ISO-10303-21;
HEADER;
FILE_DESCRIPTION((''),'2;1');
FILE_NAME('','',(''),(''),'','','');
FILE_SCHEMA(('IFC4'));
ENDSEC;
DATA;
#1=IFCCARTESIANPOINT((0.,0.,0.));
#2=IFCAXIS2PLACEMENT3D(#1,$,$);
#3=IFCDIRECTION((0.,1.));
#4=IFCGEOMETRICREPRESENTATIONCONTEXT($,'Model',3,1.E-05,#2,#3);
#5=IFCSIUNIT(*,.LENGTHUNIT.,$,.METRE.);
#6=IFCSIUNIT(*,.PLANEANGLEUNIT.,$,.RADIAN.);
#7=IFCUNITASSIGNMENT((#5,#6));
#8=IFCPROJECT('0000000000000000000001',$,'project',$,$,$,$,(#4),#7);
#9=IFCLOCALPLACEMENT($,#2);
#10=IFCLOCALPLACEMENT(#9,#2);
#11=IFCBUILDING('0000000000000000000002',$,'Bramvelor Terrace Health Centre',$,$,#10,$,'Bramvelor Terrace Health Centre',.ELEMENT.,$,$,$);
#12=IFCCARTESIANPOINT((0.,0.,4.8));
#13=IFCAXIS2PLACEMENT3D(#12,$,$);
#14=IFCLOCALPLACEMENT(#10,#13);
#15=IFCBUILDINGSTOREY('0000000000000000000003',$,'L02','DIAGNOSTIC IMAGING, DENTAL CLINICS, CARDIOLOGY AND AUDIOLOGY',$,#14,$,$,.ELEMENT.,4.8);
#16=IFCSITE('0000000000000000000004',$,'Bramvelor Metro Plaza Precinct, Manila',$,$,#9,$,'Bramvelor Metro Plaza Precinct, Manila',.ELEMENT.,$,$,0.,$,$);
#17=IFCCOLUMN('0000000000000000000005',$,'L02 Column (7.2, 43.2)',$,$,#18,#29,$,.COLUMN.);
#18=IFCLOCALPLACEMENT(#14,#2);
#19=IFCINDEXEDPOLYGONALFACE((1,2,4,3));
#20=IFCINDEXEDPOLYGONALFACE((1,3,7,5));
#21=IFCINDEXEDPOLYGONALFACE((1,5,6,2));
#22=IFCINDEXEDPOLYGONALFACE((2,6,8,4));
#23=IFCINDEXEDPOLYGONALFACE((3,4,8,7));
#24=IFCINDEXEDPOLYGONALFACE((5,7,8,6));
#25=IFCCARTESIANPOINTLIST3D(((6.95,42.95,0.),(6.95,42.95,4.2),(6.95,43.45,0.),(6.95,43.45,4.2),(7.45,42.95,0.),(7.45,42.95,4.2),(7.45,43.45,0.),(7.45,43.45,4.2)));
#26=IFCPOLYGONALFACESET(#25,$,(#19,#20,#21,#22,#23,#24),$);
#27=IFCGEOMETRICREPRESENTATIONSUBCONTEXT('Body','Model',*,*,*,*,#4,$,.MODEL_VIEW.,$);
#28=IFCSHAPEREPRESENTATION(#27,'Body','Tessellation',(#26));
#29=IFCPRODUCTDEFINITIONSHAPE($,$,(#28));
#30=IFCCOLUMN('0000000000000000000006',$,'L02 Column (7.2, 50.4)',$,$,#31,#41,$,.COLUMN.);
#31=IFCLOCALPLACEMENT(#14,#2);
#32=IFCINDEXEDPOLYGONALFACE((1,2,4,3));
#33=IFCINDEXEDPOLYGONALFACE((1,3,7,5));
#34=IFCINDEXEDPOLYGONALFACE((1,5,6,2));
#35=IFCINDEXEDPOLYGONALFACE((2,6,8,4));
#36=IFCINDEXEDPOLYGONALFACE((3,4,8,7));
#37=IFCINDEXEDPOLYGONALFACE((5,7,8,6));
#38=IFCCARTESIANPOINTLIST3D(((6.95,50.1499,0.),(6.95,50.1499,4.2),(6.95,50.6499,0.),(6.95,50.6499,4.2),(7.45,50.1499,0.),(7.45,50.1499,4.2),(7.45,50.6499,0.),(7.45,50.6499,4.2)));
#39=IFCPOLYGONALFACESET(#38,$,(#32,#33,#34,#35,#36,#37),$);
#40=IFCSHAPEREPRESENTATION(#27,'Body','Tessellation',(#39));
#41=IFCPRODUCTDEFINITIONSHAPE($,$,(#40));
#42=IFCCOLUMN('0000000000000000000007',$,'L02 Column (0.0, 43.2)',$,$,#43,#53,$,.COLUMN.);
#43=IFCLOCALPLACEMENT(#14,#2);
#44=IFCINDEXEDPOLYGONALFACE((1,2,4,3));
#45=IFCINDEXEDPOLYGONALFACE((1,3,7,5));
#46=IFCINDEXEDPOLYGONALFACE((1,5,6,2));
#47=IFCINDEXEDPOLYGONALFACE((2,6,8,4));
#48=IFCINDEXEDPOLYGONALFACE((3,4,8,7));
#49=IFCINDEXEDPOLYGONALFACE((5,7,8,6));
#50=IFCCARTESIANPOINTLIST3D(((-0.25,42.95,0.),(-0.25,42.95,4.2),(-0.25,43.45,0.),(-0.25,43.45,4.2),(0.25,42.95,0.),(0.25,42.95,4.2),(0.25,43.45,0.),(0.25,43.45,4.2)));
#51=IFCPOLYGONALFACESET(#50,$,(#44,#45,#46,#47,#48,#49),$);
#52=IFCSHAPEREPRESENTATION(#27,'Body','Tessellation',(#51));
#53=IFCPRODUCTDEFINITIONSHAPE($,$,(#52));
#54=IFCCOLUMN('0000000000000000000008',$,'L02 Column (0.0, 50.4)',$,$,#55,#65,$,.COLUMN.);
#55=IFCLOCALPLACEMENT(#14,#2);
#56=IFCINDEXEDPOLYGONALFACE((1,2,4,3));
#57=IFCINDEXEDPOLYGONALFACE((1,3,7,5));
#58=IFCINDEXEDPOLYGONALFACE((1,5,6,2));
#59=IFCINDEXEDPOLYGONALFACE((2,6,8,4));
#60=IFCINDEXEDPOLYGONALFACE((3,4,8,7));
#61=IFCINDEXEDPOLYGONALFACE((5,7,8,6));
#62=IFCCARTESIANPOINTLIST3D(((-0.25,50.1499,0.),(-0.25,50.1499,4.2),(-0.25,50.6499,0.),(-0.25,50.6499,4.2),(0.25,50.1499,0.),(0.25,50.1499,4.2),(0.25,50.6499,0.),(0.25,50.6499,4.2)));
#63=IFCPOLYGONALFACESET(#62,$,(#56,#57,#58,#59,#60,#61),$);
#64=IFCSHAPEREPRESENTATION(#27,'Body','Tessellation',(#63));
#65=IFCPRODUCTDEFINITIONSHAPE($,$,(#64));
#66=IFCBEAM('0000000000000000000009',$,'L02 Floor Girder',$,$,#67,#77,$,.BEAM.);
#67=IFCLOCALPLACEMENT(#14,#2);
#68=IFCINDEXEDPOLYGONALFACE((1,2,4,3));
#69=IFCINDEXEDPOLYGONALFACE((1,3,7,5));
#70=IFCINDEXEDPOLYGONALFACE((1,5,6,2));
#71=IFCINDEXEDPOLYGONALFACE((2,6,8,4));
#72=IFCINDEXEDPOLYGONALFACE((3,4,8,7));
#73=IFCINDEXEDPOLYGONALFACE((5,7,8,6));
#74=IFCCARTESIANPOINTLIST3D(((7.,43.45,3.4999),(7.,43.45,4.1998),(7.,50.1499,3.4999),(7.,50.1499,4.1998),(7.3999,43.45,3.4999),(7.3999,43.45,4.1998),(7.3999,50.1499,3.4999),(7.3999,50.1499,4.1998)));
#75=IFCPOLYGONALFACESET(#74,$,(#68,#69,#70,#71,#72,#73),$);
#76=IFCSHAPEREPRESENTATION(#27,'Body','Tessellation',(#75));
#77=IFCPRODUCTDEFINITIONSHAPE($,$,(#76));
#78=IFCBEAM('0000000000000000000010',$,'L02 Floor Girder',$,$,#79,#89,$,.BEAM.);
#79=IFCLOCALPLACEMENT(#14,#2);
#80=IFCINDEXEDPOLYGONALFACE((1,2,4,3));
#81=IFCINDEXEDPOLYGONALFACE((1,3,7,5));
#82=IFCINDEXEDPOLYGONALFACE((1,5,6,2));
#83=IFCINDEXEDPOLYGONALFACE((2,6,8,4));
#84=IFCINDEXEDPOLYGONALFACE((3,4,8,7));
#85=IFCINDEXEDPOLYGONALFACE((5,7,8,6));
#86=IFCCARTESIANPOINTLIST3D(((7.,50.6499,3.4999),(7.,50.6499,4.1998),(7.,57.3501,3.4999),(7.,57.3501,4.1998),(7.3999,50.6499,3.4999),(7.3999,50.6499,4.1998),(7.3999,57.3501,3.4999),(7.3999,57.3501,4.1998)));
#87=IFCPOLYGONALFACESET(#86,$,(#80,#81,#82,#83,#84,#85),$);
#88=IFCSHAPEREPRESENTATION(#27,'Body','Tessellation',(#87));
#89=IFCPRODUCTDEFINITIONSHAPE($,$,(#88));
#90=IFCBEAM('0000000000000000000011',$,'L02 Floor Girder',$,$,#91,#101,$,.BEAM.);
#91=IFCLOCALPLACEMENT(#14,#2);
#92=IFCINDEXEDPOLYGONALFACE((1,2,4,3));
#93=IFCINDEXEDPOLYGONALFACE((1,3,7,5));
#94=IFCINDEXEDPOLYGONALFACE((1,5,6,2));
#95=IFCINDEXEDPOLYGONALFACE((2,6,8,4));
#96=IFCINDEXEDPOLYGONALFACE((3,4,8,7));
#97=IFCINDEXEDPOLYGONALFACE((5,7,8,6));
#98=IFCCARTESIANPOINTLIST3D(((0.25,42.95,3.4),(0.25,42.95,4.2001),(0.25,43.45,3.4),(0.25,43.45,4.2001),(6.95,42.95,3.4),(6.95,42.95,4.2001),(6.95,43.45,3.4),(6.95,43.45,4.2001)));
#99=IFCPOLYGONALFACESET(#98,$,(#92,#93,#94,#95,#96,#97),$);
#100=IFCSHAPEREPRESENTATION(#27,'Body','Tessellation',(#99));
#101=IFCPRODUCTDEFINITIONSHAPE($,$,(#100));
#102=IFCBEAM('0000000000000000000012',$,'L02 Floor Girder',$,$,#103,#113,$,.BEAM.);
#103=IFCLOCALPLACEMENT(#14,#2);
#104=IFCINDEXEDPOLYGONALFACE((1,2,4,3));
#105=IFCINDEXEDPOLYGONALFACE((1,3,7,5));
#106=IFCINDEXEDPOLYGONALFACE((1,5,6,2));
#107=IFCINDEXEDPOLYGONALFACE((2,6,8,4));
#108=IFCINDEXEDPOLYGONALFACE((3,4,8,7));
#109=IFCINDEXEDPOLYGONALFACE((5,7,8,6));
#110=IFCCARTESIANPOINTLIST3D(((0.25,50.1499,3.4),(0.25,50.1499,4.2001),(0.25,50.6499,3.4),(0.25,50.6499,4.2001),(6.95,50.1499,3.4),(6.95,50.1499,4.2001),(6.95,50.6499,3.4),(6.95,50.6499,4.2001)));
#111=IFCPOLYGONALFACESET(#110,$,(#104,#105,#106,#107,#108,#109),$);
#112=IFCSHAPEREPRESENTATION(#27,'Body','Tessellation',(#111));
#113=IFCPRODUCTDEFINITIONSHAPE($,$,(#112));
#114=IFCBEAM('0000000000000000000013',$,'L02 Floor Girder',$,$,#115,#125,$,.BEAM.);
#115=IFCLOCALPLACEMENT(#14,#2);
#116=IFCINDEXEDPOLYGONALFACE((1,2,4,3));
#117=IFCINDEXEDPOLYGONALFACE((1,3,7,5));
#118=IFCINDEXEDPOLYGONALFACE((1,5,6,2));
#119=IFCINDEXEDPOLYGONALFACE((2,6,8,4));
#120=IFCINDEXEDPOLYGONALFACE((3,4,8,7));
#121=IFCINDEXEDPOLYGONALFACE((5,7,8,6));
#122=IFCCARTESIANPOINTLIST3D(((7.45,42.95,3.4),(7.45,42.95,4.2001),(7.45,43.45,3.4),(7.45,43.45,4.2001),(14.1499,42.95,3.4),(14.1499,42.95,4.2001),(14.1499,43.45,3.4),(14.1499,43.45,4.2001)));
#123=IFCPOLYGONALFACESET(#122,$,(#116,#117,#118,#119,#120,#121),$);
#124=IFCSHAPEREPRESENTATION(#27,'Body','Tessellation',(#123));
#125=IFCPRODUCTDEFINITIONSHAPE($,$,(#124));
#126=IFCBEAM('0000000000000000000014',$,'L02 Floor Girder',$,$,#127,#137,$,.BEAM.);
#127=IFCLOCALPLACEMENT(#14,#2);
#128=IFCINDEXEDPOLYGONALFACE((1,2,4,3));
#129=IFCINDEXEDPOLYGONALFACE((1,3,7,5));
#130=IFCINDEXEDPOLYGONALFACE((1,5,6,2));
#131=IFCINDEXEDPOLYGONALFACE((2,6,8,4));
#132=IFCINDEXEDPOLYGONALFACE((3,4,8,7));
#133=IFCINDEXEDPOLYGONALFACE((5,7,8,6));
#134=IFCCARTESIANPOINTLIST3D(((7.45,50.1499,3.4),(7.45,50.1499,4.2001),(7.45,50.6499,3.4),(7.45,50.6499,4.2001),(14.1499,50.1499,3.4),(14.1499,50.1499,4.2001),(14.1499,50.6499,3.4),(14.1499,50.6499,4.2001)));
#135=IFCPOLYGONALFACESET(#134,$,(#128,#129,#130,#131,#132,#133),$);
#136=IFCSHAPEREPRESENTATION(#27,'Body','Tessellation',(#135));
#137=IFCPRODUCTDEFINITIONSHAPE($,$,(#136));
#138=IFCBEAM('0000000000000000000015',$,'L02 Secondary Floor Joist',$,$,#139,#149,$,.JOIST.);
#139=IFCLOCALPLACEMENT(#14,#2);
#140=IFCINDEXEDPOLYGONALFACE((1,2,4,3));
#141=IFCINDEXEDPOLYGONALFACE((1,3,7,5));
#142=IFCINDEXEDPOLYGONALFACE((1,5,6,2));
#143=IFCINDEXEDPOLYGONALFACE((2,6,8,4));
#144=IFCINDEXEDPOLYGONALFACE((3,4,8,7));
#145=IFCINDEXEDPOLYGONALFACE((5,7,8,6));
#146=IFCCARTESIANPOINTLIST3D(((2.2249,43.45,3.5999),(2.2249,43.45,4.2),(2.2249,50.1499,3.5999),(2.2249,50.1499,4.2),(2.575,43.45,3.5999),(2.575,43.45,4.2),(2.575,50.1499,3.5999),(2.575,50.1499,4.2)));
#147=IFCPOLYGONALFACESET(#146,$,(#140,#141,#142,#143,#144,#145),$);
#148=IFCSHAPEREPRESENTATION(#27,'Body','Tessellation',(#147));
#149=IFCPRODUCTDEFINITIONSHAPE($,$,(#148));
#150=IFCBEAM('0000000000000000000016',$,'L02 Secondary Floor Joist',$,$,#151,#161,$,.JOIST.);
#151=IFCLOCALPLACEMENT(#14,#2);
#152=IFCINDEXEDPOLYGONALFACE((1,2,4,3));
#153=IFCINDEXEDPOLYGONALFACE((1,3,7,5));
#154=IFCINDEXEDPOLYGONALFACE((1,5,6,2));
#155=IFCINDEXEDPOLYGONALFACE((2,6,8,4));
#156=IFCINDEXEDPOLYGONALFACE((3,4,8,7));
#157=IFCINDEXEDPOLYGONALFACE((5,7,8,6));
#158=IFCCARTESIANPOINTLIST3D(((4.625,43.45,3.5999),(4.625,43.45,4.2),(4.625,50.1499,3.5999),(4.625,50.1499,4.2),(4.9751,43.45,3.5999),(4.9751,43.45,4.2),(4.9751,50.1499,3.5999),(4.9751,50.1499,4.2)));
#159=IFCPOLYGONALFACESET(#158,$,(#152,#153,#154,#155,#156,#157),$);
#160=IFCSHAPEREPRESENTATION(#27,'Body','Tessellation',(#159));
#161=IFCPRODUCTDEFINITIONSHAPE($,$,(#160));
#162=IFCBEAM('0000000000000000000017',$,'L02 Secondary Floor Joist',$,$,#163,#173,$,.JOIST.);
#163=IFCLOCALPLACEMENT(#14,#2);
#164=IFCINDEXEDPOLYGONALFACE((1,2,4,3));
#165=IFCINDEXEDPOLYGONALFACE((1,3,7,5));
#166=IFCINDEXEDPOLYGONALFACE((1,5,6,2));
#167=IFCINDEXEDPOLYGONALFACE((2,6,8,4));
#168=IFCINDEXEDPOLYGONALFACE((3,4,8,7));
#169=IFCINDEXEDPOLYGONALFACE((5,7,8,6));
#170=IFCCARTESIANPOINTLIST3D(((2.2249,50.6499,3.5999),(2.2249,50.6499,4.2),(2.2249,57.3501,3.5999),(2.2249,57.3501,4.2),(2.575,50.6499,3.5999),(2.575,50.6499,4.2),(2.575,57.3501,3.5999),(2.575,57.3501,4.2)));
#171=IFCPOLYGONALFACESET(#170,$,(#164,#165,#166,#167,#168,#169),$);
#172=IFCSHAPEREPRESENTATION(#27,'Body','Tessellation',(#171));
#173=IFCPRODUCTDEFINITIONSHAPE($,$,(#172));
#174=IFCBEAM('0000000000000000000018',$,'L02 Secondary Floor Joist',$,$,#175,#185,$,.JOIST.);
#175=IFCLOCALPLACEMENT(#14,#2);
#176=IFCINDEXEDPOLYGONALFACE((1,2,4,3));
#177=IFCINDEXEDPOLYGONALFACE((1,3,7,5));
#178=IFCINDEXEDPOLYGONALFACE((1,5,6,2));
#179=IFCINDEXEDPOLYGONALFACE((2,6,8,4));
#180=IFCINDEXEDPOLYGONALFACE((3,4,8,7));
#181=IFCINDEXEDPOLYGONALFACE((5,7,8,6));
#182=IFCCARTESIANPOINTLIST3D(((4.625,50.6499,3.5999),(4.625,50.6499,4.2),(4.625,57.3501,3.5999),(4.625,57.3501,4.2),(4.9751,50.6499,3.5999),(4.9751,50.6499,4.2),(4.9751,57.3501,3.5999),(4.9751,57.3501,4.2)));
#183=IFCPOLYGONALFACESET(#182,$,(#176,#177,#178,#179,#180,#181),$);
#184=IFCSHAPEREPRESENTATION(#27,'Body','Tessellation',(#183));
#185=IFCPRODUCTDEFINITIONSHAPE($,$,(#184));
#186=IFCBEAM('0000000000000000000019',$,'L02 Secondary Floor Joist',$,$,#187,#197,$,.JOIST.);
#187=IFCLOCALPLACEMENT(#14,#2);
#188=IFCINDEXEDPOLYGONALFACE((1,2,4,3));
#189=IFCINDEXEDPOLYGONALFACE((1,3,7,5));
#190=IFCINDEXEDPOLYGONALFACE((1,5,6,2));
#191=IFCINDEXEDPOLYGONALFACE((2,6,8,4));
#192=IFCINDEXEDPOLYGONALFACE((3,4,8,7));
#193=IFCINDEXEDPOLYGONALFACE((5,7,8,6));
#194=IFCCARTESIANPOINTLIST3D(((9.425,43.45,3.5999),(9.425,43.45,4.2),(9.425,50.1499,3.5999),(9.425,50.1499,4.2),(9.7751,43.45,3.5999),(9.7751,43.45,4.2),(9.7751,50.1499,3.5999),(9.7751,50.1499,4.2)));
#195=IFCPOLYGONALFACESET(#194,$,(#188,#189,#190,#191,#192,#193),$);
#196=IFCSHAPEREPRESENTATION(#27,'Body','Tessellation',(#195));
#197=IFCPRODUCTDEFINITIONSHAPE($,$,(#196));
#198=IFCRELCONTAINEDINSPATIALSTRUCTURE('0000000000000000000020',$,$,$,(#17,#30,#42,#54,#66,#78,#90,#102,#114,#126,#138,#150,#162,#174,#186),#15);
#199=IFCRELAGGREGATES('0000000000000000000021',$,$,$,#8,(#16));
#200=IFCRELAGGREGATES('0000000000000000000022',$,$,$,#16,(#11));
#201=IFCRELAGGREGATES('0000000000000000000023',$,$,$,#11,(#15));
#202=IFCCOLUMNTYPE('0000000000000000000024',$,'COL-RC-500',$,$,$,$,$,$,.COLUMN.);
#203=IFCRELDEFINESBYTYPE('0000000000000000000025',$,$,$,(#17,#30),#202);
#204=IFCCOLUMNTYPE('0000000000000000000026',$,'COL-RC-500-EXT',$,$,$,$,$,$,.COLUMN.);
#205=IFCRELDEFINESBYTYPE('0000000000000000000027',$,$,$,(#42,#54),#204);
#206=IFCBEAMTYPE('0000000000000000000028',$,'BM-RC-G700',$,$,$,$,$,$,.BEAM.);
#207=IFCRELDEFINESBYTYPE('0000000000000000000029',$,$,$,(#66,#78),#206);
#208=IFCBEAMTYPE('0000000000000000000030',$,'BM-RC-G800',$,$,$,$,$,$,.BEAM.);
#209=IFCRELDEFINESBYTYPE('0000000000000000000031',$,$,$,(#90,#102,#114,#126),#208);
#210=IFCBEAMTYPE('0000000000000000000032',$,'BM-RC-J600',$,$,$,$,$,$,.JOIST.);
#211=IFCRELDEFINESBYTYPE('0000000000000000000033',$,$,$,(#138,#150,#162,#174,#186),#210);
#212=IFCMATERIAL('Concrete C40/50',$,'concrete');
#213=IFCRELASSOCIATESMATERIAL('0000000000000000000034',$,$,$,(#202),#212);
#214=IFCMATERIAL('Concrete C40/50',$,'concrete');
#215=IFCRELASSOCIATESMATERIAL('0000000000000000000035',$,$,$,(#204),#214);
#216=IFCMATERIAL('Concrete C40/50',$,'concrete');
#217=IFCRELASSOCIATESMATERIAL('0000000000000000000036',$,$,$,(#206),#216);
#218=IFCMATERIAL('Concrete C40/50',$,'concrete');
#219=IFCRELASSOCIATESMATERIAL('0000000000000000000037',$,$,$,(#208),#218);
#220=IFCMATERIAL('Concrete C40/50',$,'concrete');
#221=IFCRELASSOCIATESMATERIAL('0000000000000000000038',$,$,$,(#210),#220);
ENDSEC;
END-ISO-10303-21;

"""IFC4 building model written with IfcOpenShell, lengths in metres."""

from ifc_helpers import new_model, si_unit, direction, frame, origin, origin_2d, place, context, subcontext, project, spatial, rectangle, extrude, material, material_profile, profile_set, type_object, element, save


model = new_model("IFC4")

# Units and contexts
model_context = context("Model", 3, precision=1e-05, world=origin(), true_north=direction((0.0, 1.0)))
body_context = subcontext(model_context, "Body", "Model", "MODEL_VIEW")
ifc_project = project(units=[si_unit("LENGTHUNIT", "METRE"), si_unit("PLANEANGLEUNIT", "RADIAN")], contexts=[model_context])

# Site, building, storey
site_placement = place(None, origin())
site = spatial("IfcSite", under=ifc_project, at=site_placement, Name="Bramvelor Metro Plaza Precinct, Manila", LongName="Bramvelor Metro Plaza Precinct, Manila", CompositionType="ELEMENT", RefElevation=0.0)
building_placement = place(site_placement, origin())
building = spatial("IfcBuilding", under=site, at=building_placement, Name="Bramvelor Terrace Health Centre", LongName="Bramvelor Terrace Health Centre", CompositionType="ELEMENT")
storey_placement = place(building_placement, frame((0.0, 0.0, 4.8)))
storey = spatial("IfcBuildingStorey", under=building, at=storey_placement, Name="L02", Description="DIAGNOSTIC IMAGING, DENTAL CLINICS, CARDIOLOGY AND AUDIOLOGY", CompositionType="ELEMENT", Elevation=4.8)

# Columns
ifc_material_1 = material(Name="Concrete C40/50", Category="concrete")
ifc_material_profile_1 = material_profile(ifc_material_1, rectangle(XDim=0.5, YDim=0.5, at=origin_2d()), Name="RC 500x500")
ifc_profile_set_1 = profile_set([ifc_material_profile_1], Name="Concrete C40/50")
column_type_1 = type_object("IfcColumnType", Name="COL-RC-500", PredefinedType="COLUMN", material=ifc_profile_set_1)
for number, where, z_axis, x_axis, name in (
    (1, (7.2, 43.2, 0.0), (0.0, 0.0, 1.0), (1.0, 0.0, 0.0), "L02 Column (7.2, 43.2)"),
    (2, (7.2, 50.3999, 0.0), (0.0, 0.0, 1.0), (1.0, 0.0, 0.0), "L02 Column (7.2, 50.4)"),
):
    element("IfcColumn", number, at=place(storey_placement, frame(where, z_axis=z_axis, x_axis=x_axis)), inside=storey, type_object=column_type_1, Name=name, PredefinedType="COLUMN", context=body_context, shape_type="SweptSolid", body=[
        extrude(rectangle(XDim=0.5, YDim=0.5, at=origin_2d()), origin(), (0.0, 0.0, 1.0), 4.2),
    ])
ifc_material_2 = material(Name="Concrete C40/50", Category="concrete")
ifc_material_profile_2 = material_profile(ifc_material_2, rectangle(XDim=0.5, YDim=0.5, at=origin_2d()), Name="RC 500x500")
ifc_profile_set_2 = profile_set([ifc_material_profile_2], Name="Concrete C40/50")
column_type_2 = type_object("IfcColumnType", Name="COL-RC-500-EXT", PredefinedType="COLUMN", material=ifc_profile_set_2)
for number, where, z_axis, x_axis, name in (
    (3, (0.0, 43.2, 0.0), (0.0, 0.0, 1.0), (1.0, 0.0, 0.0), "L02 Column (0.0, 43.2)"),
    (4, (0.0, 50.3999, 0.0), (0.0, 0.0, 1.0), (1.0, 0.0, 0.0), "L02 Column (0.0, 50.4)"),
):
    element("IfcColumn", number, at=place(storey_placement, frame(where, z_axis=z_axis, x_axis=x_axis)), inside=storey, type_object=column_type_2, Name=name, PredefinedType="COLUMN", context=body_context, shape_type="SweptSolid", body=[
        extrude(rectangle(XDim=0.5, YDim=0.5, at=origin_2d()), origin(), (0.0, 0.0, 1.0), 4.2),
    ])

# Beams
ifc_material_3 = material(Name="Concrete C40/50", Category="concrete")
ifc_material_profile_3 = material_profile(ifc_material_3, rectangle(XDim=0.3999, YDim=0.7, at=origin_2d()), Name="RC 400x700")
ifc_profile_set_3 = profile_set([ifc_material_profile_3], Name="Concrete C40/50")
beam_type_1 = type_object("IfcBeamType", Name="BM-RC-G700", PredefinedType="BEAM", material=ifc_profile_set_3)
beam_1_placement = place(storey_placement, frame((7.2, 43.45, 3.8499), z_axis=(0.0, 1.0, 0.0), x_axis=(-1.0, 0.0, 0.0)))
element("IfcBeam", 5, at=beam_1_placement, inside=storey, type_object=beam_type_1, Name="L02 Floor Girder", PredefinedType="BEAM", context=body_context, shape_type="SweptSolid", body=[
    extrude(rectangle(XDim=0.3999, YDim=0.7, at=origin_2d()), origin(), (0.0, 0.0, 1.0), 6.7),
])
beam_2_placement = place(storey_placement, frame((7.2, 50.6499, 3.8499), z_axis=(0.0, 1.0, 0.0), x_axis=(-1.0, 0.0, 0.0)))
element("IfcBeam", 6, at=beam_2_placement, inside=storey, type_object=beam_type_1, Name="L02 Floor Girder", PredefinedType="BEAM", context=body_context, shape_type="SweptSolid", body=[
    extrude(rectangle(XDim=0.3999, YDim=0.7, at=origin_2d()), origin(), (0.0, 0.0, 1.0), 6.7002),
])
ifc_material_4 = material(Name="Concrete C40/50", Category="concrete")
ifc_material_profile_4 = material_profile(ifc_material_4, rectangle(XDim=0.5, YDim=0.8, at=origin_2d()), Name="RC 500x800")
ifc_profile_set_4 = profile_set([ifc_material_profile_4], Name="Concrete C40/50")
beam_type_2 = type_object("IfcBeamType", Name="BM-RC-G800", PredefinedType="BEAM", material=ifc_profile_set_4)
for number, where, z_axis, x_axis, name in (
    (7, (0.25, 43.2, 3.8), (1.0, 0.0, 0.0), (0.0, 1.0, 0.0), "L02 Floor Girder"),
    (8, (0.25, 50.3999, 3.8), (1.0, 0.0, 0.0), (0.0, 1.0, 0.0), "L02 Floor Girder"),
    (9, (7.45, 43.2, 3.8), (1.0, 0.0, 0.0), (0.0, 1.0, 0.0), "L02 Floor Girder"),
    (10, (7.45, 50.3999, 3.8), (1.0, 0.0, 0.0), (0.0, 1.0, 0.0), "L02 Floor Girder"),
):
    element("IfcBeam", number, at=place(storey_placement, frame(where, z_axis=z_axis, x_axis=x_axis)), inside=storey, type_object=beam_type_2, Name=name, PredefinedType="BEAM", context=body_context, shape_type="SweptSolid", body=[
        extrude(rectangle(XDim=0.5, YDim=0.8, at=origin_2d()), origin(), (0.0, 0.0, 1.0), 6.7),
    ])
ifc_material_5 = material(Name="Concrete C40/50", Category="concrete")
ifc_material_profile_5 = material_profile(ifc_material_5, rectangle(XDim=0.3501, YDim=0.6001, at=origin_2d()), Name="RC 350x600")
ifc_profile_set_5 = profile_set([ifc_material_profile_5], Name="Concrete C40/50")
beam_type_3 = type_object("IfcBeamType", Name="BM-RC-J600", PredefinedType="JOIST", material=ifc_profile_set_5)
for number, where, z_axis, x_axis, name in (
    (11, (2.3999, 43.45, 3.8999), (0.0, 1.0, 0.0), (-1.0, 0.0, 0.0), "L02 Secondary Floor Joist"),
    (12, (4.8, 43.45, 3.8999), (0.0, 1.0, 0.0), (-1.0, 0.0, 0.0), "L02 Secondary Floor Joist"),
):
    element("IfcBeam", number, at=place(storey_placement, frame(where, z_axis=z_axis, x_axis=x_axis)), inside=storey, type_object=beam_type_3, Name=name, PredefinedType="JOIST", context=body_context, shape_type="SweptSolid", body=[
        extrude(rectangle(XDim=0.3501, YDim=0.6001, at=origin_2d()), origin(), (0.0, 0.0, 1.0), 6.7),
    ])
for number, where, z_axis, x_axis, name in (
    (13, (2.3999, 50.6499, 3.8999), (0.0, 1.0, 0.0), (-1.0, 0.0, 0.0), "L02 Secondary Floor Joist"),
    (14, (4.8, 50.6499, 3.8999), (0.0, 1.0, 0.0), (-1.0, 0.0, 0.0), "L02 Secondary Floor Joist"),
):
    element("IfcBeam", number, at=place(storey_placement, frame(where, z_axis=z_axis, x_axis=x_axis)), inside=storey, type_object=beam_type_3, Name=name, PredefinedType="JOIST", context=body_context, shape_type="SweptSolid", body=[
        extrude(rectangle(XDim=0.3501, YDim=0.6001, at=origin_2d()), origin(), (0.0, 0.0, 1.0), 6.7002),
    ])
beam_3_placement = place(storey_placement, frame((9.6001, 43.45, 3.8999), z_axis=(0.0, 1.0, 0.0), x_axis=(-1.0, 0.0, 0.0)))
element("IfcBeam", 15, at=beam_3_placement, inside=storey, type_object=beam_type_3, Name="L02 Secondary Floor Joist", PredefinedType="JOIST", context=body_context, shape_type="SweptSolid", body=[
    extrude(rectangle(XDim=0.3501, YDim=0.6001, at=origin_2d()), origin(), (0.0, 0.0, 1.0), 6.7),
])

save(model, "model.ifc")
